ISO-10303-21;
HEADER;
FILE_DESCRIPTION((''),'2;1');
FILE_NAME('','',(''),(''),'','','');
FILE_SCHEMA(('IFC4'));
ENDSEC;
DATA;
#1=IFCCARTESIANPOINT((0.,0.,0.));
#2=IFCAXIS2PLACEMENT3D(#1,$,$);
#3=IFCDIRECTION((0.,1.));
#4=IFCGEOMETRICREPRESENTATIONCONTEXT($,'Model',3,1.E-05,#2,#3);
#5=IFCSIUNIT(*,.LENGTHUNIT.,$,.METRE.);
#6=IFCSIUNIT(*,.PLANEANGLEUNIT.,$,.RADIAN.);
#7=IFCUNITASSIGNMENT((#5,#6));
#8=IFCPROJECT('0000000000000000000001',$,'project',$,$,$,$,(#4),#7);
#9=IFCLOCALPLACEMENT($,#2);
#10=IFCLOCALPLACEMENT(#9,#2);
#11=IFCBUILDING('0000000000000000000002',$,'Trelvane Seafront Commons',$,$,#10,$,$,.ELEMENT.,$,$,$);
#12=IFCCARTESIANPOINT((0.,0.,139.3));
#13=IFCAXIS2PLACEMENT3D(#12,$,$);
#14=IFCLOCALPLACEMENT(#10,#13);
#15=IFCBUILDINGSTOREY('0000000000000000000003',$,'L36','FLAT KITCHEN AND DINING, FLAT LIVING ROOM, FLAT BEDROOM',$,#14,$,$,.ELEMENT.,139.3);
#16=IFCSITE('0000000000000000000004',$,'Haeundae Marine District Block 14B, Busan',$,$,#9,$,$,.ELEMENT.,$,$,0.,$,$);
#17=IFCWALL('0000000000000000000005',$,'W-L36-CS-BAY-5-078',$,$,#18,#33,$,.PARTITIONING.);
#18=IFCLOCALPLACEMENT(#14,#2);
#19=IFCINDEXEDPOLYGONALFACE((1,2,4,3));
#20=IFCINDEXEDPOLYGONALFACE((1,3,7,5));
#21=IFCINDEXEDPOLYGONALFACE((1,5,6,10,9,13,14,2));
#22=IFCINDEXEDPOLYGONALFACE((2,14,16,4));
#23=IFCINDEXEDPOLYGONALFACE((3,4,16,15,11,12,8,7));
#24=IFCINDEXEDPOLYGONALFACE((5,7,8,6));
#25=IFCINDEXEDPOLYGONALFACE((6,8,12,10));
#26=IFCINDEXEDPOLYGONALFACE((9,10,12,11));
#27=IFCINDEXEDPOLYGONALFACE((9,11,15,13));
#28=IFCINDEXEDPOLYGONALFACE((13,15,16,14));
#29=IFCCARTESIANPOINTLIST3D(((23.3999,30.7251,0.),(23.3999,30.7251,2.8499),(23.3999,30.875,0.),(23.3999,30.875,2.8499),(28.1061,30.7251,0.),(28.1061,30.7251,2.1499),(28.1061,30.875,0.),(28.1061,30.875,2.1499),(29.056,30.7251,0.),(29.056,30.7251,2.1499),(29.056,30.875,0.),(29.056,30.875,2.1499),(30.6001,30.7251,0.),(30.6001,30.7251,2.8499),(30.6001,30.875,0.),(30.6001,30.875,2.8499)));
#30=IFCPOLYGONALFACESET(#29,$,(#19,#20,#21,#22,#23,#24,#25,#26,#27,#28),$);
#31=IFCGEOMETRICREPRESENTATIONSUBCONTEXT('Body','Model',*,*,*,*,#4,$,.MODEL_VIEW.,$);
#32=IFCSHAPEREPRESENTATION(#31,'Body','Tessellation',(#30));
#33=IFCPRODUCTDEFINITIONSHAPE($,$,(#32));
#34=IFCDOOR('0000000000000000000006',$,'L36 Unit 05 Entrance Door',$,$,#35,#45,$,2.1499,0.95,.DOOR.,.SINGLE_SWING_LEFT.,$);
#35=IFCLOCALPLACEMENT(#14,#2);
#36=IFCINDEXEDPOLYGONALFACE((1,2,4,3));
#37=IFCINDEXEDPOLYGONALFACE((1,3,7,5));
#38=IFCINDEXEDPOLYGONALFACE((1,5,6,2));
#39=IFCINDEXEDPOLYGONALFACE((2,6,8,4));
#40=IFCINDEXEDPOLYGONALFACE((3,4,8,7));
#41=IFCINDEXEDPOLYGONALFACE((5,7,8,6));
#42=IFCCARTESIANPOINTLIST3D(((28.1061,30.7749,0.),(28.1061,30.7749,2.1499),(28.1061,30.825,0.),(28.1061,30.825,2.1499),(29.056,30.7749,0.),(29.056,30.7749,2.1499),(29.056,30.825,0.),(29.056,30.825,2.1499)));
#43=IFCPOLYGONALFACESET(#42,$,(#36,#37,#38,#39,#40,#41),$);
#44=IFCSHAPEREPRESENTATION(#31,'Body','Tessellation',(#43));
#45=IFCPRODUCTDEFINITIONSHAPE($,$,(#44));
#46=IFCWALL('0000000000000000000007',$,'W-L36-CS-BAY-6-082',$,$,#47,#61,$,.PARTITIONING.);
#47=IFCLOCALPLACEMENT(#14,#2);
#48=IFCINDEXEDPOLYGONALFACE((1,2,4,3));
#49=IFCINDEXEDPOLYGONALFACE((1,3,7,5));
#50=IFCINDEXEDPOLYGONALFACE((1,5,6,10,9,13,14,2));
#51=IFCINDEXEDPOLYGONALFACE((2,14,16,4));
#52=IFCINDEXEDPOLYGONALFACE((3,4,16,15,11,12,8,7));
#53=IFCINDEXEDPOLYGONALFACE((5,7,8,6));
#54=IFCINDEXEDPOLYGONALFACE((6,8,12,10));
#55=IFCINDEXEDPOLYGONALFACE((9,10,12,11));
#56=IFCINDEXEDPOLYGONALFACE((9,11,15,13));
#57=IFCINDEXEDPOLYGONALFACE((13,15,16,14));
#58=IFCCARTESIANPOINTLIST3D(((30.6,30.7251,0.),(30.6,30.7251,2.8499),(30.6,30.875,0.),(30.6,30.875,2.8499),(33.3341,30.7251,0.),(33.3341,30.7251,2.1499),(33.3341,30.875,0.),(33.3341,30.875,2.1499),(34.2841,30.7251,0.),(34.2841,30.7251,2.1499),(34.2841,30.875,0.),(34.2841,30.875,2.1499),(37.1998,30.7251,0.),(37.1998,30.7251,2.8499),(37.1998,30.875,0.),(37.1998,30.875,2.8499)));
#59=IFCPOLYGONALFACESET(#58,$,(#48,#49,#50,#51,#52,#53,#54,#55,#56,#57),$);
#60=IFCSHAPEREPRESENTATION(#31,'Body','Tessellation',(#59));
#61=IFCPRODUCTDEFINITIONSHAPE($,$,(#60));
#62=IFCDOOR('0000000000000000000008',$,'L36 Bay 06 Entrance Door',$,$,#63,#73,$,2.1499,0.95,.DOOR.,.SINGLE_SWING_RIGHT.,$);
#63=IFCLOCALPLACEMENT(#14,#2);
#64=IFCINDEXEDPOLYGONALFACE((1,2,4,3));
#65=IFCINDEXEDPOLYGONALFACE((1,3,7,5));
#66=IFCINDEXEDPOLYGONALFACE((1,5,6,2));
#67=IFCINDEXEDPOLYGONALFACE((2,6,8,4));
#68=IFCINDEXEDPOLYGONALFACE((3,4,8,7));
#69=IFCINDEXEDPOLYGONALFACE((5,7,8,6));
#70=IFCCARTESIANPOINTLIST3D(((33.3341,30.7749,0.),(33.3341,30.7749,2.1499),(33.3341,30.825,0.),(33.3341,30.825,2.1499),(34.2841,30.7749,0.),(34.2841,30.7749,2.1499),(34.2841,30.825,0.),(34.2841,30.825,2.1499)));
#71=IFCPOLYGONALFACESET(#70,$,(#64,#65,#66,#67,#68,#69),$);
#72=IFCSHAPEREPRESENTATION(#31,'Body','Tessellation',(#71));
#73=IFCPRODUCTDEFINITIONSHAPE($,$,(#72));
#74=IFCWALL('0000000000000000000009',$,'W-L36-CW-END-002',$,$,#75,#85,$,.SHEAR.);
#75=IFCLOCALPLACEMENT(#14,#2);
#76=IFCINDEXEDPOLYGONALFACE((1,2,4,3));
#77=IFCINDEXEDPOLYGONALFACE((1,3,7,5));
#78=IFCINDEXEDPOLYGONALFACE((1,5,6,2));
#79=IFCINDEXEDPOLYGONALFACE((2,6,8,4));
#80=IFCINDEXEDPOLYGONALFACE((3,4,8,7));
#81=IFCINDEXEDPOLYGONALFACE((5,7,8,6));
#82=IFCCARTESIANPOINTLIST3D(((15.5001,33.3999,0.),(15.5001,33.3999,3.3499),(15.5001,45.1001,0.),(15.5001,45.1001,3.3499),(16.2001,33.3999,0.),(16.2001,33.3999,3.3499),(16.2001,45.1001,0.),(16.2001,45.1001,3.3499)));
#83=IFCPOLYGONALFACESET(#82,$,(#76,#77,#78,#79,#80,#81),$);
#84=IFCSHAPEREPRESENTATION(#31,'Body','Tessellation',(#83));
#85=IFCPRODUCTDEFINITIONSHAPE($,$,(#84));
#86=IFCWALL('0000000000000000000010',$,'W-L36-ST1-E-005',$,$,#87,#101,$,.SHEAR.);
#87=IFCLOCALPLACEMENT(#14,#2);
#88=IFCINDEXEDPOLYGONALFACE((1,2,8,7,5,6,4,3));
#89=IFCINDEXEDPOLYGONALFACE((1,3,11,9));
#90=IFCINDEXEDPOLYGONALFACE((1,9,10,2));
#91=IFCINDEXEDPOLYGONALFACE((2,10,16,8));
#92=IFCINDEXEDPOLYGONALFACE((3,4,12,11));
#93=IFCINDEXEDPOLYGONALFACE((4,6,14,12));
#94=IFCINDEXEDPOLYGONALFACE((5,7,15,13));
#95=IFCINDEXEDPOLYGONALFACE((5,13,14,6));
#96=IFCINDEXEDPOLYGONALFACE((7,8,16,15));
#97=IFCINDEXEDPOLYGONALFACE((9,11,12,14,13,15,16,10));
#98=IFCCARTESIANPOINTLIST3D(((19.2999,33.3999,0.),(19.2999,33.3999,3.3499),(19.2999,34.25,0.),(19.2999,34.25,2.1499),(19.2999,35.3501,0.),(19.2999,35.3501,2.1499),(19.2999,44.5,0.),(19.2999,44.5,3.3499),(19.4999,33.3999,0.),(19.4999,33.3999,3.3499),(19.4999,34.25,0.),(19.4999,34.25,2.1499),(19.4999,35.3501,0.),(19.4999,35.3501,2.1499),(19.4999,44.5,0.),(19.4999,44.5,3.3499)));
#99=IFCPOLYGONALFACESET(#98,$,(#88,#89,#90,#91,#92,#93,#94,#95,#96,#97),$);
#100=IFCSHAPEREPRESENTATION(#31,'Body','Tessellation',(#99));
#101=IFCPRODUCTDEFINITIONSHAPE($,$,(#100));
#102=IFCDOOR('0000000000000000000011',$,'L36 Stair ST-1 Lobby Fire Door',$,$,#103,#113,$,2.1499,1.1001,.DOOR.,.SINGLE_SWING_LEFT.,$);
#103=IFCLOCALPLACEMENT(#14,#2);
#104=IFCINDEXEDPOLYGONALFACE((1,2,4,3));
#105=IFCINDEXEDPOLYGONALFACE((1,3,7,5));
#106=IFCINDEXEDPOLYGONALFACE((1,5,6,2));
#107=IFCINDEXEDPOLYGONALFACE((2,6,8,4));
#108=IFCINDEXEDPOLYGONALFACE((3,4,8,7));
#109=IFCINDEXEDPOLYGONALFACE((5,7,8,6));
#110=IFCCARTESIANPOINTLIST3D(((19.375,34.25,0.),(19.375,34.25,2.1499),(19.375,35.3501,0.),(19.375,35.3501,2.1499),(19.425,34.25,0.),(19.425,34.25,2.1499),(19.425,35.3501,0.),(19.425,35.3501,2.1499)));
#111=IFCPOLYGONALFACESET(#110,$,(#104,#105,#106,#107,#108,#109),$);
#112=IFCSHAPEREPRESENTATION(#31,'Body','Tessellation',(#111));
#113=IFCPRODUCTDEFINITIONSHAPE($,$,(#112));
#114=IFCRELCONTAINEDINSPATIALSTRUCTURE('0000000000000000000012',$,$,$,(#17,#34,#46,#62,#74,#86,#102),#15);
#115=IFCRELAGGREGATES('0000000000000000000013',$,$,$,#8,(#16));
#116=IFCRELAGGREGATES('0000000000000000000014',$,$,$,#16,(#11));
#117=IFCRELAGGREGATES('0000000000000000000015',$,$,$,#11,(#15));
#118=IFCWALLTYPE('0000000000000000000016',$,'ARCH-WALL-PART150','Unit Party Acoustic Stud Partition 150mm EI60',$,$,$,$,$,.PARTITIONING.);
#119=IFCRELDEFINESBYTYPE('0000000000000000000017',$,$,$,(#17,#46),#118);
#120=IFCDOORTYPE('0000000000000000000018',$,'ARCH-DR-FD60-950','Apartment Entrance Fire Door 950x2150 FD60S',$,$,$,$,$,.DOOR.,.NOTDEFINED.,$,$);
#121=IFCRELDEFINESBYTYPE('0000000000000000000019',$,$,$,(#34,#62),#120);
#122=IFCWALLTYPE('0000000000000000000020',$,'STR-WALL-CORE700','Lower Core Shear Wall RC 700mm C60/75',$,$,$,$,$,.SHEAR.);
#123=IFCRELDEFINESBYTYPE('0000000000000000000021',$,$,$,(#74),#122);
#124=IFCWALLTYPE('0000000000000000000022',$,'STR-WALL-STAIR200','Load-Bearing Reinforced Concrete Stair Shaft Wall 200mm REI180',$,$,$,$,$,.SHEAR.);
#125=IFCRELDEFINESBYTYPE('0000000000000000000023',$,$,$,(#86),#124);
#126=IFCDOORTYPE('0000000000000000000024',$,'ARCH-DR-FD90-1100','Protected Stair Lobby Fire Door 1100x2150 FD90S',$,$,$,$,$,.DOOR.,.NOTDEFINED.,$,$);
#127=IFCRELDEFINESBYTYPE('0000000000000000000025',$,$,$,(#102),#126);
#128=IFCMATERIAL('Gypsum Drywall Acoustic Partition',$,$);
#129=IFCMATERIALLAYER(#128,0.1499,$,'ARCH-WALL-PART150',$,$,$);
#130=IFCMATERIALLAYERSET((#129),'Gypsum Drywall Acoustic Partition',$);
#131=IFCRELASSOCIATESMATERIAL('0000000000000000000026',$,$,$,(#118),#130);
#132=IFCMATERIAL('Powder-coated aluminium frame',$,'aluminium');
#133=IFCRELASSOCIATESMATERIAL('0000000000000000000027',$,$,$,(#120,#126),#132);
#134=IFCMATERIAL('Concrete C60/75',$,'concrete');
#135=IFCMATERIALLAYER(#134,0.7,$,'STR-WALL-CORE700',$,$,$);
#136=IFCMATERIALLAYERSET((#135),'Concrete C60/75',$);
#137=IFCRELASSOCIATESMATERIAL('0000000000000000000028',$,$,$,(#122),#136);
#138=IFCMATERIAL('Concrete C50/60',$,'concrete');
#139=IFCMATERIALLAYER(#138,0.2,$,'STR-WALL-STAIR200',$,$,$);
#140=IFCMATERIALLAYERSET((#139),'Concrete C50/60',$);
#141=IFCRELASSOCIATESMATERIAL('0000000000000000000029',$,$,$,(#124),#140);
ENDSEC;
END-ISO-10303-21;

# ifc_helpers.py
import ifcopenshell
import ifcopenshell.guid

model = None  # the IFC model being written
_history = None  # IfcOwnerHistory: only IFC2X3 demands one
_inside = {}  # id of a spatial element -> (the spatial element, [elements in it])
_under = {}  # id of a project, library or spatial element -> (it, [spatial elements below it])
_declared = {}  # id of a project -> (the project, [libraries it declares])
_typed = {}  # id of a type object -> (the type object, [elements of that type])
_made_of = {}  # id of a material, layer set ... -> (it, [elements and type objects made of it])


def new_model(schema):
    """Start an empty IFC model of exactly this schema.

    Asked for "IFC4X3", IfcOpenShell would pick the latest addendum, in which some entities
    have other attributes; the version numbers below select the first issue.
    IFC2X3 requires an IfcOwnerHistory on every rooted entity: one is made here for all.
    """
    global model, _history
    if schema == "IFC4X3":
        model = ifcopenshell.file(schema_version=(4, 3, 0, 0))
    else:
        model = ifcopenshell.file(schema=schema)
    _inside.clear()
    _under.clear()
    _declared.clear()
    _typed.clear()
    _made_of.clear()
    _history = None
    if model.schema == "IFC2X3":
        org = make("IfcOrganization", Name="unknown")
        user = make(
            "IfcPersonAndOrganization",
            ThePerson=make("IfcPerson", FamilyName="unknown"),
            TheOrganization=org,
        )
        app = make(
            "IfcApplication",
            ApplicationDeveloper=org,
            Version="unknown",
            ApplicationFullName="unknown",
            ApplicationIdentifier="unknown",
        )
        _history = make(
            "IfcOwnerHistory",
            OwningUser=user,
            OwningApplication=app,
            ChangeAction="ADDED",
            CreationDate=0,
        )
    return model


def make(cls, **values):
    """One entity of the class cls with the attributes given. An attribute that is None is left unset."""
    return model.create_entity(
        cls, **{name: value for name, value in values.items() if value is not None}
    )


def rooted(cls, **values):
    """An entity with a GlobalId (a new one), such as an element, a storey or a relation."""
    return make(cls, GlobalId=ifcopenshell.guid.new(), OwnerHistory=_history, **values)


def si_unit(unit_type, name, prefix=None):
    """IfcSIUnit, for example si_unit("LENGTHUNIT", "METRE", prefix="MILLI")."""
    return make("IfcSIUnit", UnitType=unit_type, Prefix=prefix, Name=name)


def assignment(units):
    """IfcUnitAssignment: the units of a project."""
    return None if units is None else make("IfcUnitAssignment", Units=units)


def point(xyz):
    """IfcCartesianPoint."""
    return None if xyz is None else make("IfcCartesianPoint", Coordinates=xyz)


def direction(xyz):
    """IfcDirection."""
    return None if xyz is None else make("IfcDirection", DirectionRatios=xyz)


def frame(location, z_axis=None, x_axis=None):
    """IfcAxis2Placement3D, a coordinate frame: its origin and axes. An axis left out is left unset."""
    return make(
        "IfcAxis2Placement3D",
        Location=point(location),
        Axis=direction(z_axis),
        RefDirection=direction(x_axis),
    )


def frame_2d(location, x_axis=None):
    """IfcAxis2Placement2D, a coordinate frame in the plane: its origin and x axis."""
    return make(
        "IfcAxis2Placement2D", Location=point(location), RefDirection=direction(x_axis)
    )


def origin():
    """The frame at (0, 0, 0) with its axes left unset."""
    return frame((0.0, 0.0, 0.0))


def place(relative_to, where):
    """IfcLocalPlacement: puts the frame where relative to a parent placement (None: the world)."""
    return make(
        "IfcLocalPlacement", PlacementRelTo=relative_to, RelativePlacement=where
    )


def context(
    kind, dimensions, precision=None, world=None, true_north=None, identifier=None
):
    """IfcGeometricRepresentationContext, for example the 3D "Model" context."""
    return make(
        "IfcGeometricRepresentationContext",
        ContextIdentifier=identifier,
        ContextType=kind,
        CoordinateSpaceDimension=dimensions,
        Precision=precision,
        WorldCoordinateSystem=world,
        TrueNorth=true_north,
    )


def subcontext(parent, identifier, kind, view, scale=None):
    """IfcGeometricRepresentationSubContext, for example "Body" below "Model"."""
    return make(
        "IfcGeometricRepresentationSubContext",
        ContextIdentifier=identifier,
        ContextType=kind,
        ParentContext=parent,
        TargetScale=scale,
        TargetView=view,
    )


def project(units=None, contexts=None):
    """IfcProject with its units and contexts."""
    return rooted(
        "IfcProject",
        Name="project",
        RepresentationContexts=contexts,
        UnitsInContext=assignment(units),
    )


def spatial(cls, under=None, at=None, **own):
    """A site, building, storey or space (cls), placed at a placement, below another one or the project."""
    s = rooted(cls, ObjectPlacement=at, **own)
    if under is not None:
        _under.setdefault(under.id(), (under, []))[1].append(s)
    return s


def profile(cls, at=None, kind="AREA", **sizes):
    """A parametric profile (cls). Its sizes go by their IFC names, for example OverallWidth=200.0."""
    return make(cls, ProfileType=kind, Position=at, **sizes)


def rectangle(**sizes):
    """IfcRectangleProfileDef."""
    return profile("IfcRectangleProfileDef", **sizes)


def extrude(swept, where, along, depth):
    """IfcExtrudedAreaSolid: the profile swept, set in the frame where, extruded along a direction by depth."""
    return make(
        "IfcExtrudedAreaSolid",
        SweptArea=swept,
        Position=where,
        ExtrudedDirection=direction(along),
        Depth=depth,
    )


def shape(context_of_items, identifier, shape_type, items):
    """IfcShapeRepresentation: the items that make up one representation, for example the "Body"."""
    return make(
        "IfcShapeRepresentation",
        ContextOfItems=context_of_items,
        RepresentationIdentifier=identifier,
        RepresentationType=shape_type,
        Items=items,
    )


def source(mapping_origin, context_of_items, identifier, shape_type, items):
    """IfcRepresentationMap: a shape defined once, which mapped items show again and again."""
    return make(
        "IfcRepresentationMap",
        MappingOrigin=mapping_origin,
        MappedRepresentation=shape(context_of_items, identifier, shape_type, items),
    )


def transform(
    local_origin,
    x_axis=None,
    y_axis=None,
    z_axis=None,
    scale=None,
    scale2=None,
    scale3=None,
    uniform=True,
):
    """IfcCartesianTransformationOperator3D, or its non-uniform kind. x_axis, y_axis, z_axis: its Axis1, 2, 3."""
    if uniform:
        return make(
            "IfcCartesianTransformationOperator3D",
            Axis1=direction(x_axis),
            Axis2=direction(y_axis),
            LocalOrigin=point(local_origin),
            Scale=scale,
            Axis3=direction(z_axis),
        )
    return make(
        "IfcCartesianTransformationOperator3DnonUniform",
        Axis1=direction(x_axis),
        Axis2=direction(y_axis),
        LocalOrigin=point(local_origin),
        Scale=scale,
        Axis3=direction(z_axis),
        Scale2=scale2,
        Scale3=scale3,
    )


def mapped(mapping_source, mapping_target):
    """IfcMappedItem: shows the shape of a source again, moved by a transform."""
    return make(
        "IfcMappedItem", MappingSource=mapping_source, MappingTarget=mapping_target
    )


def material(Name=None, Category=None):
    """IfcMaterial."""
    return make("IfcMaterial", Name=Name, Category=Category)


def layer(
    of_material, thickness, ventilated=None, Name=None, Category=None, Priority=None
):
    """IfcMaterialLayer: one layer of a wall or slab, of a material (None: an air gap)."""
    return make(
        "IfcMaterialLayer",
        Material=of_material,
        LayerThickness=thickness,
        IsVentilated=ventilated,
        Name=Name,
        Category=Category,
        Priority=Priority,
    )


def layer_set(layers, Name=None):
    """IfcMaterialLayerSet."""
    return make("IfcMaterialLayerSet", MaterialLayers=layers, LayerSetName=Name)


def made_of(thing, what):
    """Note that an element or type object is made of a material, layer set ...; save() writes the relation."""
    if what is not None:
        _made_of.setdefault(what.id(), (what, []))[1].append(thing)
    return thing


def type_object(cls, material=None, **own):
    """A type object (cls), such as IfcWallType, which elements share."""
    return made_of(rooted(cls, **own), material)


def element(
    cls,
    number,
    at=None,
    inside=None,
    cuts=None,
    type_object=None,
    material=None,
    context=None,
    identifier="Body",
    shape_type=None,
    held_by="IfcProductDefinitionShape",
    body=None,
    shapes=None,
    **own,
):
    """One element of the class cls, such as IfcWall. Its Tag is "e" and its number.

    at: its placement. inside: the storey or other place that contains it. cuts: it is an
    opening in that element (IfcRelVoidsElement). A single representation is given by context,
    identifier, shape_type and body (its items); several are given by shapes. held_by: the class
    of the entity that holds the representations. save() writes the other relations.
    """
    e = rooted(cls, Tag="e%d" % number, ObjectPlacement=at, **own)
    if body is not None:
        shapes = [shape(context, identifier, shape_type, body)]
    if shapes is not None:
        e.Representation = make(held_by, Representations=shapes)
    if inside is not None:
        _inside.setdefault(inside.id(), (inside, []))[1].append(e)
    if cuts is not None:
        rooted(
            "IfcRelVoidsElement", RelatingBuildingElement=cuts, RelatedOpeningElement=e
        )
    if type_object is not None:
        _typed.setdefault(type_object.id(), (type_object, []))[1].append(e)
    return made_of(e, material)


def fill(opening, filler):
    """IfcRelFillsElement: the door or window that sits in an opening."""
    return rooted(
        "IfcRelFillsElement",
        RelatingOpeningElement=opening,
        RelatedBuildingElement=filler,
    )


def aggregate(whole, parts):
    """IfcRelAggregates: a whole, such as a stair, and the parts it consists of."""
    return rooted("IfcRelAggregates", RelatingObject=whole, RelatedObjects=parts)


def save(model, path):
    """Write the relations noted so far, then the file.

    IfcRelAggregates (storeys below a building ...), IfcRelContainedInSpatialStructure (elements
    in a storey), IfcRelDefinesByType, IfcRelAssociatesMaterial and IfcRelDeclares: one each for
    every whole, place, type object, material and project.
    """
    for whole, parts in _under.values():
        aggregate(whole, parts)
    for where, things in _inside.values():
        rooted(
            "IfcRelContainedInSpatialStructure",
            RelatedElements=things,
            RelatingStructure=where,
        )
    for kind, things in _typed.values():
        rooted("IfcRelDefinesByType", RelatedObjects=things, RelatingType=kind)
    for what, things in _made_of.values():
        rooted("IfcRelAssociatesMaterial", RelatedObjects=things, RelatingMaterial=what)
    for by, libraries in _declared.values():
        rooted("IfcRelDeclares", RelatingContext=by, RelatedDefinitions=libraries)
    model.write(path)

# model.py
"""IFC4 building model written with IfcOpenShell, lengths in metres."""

from ifc_helpers import new_model, si_unit, direction, frame, frame_2d, origin, place, context, subcontext, project, spatial, rectangle, extrude, source, transform, mapped, material, layer, layer_set, type_object, element, fill, save


model = new_model("IFC4")

# Units and contexts
model_context = context("Model", 3, precision=1e-05, world=origin(), true_north=direction((0.0, 1.0)))
body_context = subcontext(model_context, "Body", "Model", "MODEL_VIEW")
ifc_project = project(units=[si_unit("LENGTHUNIT", "METRE"), si_unit("PLANEANGLEUNIT", "RADIAN")], contexts=[model_context])

# Site, building, storey
site_placement = place(None, origin())
site = spatial("IfcSite", under=ifc_project, at=site_placement, Name="Haeundae Marine District Block 14B, Busan", CompositionType="ELEMENT", RefElevation=0.0)
building_placement = place(site_placement, origin())
building = spatial("IfcBuilding", under=site, at=building_placement, Name="Trelvane Seafront Commons", CompositionType="ELEMENT")
storey_placement = place(building_placement, frame((0.0, 0.0, 139.3)))
storey = spatial("IfcBuildingStorey", under=building, at=storey_placement, Name="L36", Description="FLAT KITCHEN AND DINING, FLAT LIVING ROOM, FLAT BEDROOM", CompositionType="ELEMENT", Elevation=139.3)

# Shared definitions
ifc_material_1 = material(Name="Concrete C50/60", Category="concrete")

# Shared definitions
ifc_material_2 = material(Name="Powder-coated aluminium frame", Category="aluminium")
ifc_material_3 = material(Name="Gypsum Drywall Acoustic Partition")
shared_shape_1 = source(origin(), body_context, "Body", "SweptSolid", [
    extrude(rectangle(XDim=0.95, YDim=2.1499, at=frame_2d((0.4751, 1.075))), frame((0.0, 0.0249, 0.0), z_axis=(0.0, -1.0, 0.0), x_axis=(1.0, 0.0, 0.0)), (0.0, 0.0, 1.0), 0.05),
])

# Walls, openings, doors
ifc_layer_1 = layer(ifc_material_3, 0.1499, Name="ARCH-WALL-PART150")
ifc_layer_set_1 = layer_set([ifc_layer_1], Name="Gypsum Drywall Acoustic Partition")
wall_type_1 = type_object("IfcWallType", Name="ARCH-WALL-PART150", Description="Unit Party Acoustic Stud Partition 150mm EI60", PredefinedType="PARTITIONING", material=ifc_layer_set_1)
door_type_1 = type_object("IfcDoorType", Name="ARCH-DR-FD60-950", Description="Apartment Entrance Fire Door 950x2150 FD60S", OperationType="NOTDEFINED", PredefinedType="DOOR", material=ifc_material_2)
wall_1_placement = place(storey_placement, frame((23.3999, 30.8, 0.0), z_axis=(0.0, 0.0, 1.0), x_axis=(1.0, 0.0, 0.0)))
wall_1 = element("IfcWall", 1, at=wall_1_placement, inside=storey, type_object=wall_type_1, Name="W-L36-CS-BAY-5-078", PredefinedType="PARTITIONING", context=body_context, shape_type="SweptSolid", body=[
    extrude(rectangle(XDim=7.2002, YDim=0.1499, at=frame_2d((3.6001, 0.0))), origin(), (0.0, 0.0, 1.0), 2.8499),
])
opening_1_placement = place(wall_1_placement, frame((4.7061, 0.0, 0.0)))
opening_1 = element("IfcOpeningElement", 2, at=opening_1_placement, cuts=wall_1, PredefinedType="OPENING", context=body_context, shape_type="SweptSolid", body=[
    extrude(rectangle(XDim=0.95, YDim=2.1499, at=frame_2d((0.4751, 1.075))), frame((0.0, 0.085, 0.0), z_axis=(0.0, -1.0, 0.0), x_axis=(1.0, 0.0, 0.0)), (0.0, 0.0, 1.0), 0.1699),
])
door_1_placement = place(opening_1_placement, origin())
door_1 = element("IfcDoor", 3, at=door_1_placement, inside=storey, type_object=door_type_1, Name="L36 Unit 05 Entrance Door", OperationType="SINGLE_SWING_LEFT", OverallHeight=2.1499, OverallWidth=0.95, PredefinedType="DOOR", context=body_context, shape_type="MappedRepresentation", body=[
    mapped(shared_shape_1, transform((0.0, 0.0, 0.0), x_axis=(1.0, 0.0, 0.0), y_axis=(0.0, 1.0, 0.0), z_axis=(0.0, 0.0, 1.0), scale=1.0)),
])
fill(opening_1, door_1)
wall_2_placement = place(storey_placement, frame((30.6001, 30.8, 0.0), z_axis=(0.0, 0.0, 1.0), x_axis=(1.0, 0.0, 0.0)))
wall_2 = element("IfcWall", 4, at=wall_2_placement, inside=storey, type_object=wall_type_1, Name="W-L36-CS-BAY-6-082", PredefinedType="PARTITIONING", context=body_context, shape_type="SweptSolid", body=[
    extrude(rectangle(XDim=6.5999, YDim=0.1499, at=frame_2d((3.2998, 0.0))), origin(), (0.0, 0.0, 1.0), 2.8499),
])
opening_2_placement = place(wall_2_placement, frame((2.7339, 0.0, 0.0)))
opening_2 = element("IfcOpeningElement", 5, at=opening_2_placement, cuts=wall_2, PredefinedType="OPENING", context=body_context, shape_type="SweptSolid", body=[
    extrude(rectangle(XDim=0.95, YDim=2.1499, at=frame_2d((0.4751, 1.075))), frame((0.0, 0.085, 0.0), z_axis=(0.0, -1.0, 0.0), x_axis=(1.0, 0.0, 0.0)), (0.0, 0.0, 1.0), 0.1699),
])
door_2_placement = place(opening_2_placement, origin())
door_2 = element("IfcDoor", 6, at=door_2_placement, inside=storey, type_object=door_type_1, Name="L36 Bay 06 Entrance Door", OperationType="SINGLE_SWING_RIGHT", OverallHeight=2.1499, OverallWidth=0.95, PredefinedType="DOOR", context=body_context, shape_type="MappedRepresentation", body=[
    mapped(shared_shape_1, transform((0.0, 0.0, 0.0), x_axis=(1.0, 0.0, 0.0), y_axis=(0.0, 1.0, 0.0), z_axis=(0.0, 0.0, 1.0), scale=1.0)),
])
fill(opening_2, door_2)

# Wall
ifc_material_4 = material(Name="Concrete C60/75", Category="concrete")
ifc_layer_2 = layer(ifc_material_4, 0.7, Name="STR-WALL-CORE700")
ifc_layer_set_2 = layer_set([ifc_layer_2], Name="Concrete C60/75")
wall_type_2 = type_object("IfcWallType", Name="STR-WALL-CORE700", Description="Lower Core Shear Wall RC 700mm C60/75", PredefinedType="SHEAR", material=ifc_layer_set_2)
wall_3_placement = place(storey_placement, frame((15.8501, 33.3999, 0.0), z_axis=(0.0, 0.0, 1.0), x_axis=(0.0, 1.0, 0.0)))
element("IfcWall", 7, at=wall_3_placement, inside=storey, type_object=wall_type_2, Name="W-L36-CW-END-002", PredefinedType="SHEAR", context=body_context, shape_type="SweptSolid", body=[
    extrude(rectangle(XDim=11.7002, YDim=0.7, at=frame_2d((5.8501, 0.0))), origin(), (0.0, 0.0, 1.0), 3.3499),
])

# Wall, opening, door
ifc_layer_3 = layer(ifc_material_1, 0.2, Name="STR-WALL-STAIR200")
ifc_layer_set_3 = layer_set([ifc_layer_3], Name="Concrete C50/60")
wall_type_3 = type_object("IfcWallType", Name="STR-WALL-STAIR200", Description="Load-Bearing Reinforced Concrete Stair Shaft Wall 200mm REI180", PredefinedType="SHEAR", material=ifc_layer_set_3)
wall_4_placement = place(storey_placement, frame((19.3999, 33.3999, 0.0), z_axis=(0.0, 0.0, 1.0), x_axis=(0.0, 1.0, 0.0)))
wall_4 = element("IfcWall", 8, at=wall_4_placement, inside=storey, type_object=wall_type_3, Name="W-L36-ST1-E-005", PredefinedType="SHEAR", context=body_context, shape_type="SweptSolid", body=[
    extrude(rectangle(XDim=11.1001, YDim=0.2, at=frame_2d((5.55, 0.0))), origin(), (0.0, 0.0, 1.0), 3.3499),
])
opening_3_placement = place(wall_4_placement, frame((0.8501, 0.0, 0.0)))
opening_3 = element("IfcOpeningElement", 9, at=opening_3_placement, cuts=wall_4, PredefinedType="OPENING", context=body_context, shape_type="SweptSolid", body=[
    extrude(rectangle(XDim=1.1001, YDim=2.1499, at=frame_2d((0.55, 1.075))), frame((0.0, 0.1099, 0.0), z_axis=(0.0, -1.0, 0.0), x_axis=(1.0, 0.0, 0.0)), (0.0, 0.0, 1.0), 0.22),
])
door_type_2 = type_object("IfcDoorType", Name="ARCH-DR-FD90-1100", Description="Protected Stair Lobby Fire Door 1100x2150 FD90S", OperationType="NOTDEFINED", PredefinedType="DOOR", material=ifc_material_2)
shared_shape_2 = source(origin(), body_context, "Body", "SweptSolid", [
    extrude(rectangle(XDim=1.1001, YDim=2.1499, at=frame_2d((0.55, 1.075))), frame((0.0, 0.0249, 0.0), z_axis=(0.0, -1.0, 0.0), x_axis=(1.0, 0.0, 0.0)), (0.0, 0.0, 1.0), 0.05),
])
door_3_placement = place(opening_3_placement, origin())
door_3 = element("IfcDoor", 10, at=door_3_placement, inside=storey, type_object=door_type_2, Name="L36 Stair ST-1 Lobby Fire Door", OperationType="SINGLE_SWING_LEFT", OverallHeight=2.1499, OverallWidth=1.1001, PredefinedType="DOOR", context=body_context, shape_type="MappedRepresentation", body=[
    mapped(shared_shape_2, transform((0.0, 0.0, 0.0), x_axis=(1.0, 0.0, 0.0), y_axis=(0.0, 1.0, 0.0), z_axis=(0.0, 0.0, 1.0), scale=1.0)),
])
fill(opening_3, door_3)

save(model, "model.ifc")
